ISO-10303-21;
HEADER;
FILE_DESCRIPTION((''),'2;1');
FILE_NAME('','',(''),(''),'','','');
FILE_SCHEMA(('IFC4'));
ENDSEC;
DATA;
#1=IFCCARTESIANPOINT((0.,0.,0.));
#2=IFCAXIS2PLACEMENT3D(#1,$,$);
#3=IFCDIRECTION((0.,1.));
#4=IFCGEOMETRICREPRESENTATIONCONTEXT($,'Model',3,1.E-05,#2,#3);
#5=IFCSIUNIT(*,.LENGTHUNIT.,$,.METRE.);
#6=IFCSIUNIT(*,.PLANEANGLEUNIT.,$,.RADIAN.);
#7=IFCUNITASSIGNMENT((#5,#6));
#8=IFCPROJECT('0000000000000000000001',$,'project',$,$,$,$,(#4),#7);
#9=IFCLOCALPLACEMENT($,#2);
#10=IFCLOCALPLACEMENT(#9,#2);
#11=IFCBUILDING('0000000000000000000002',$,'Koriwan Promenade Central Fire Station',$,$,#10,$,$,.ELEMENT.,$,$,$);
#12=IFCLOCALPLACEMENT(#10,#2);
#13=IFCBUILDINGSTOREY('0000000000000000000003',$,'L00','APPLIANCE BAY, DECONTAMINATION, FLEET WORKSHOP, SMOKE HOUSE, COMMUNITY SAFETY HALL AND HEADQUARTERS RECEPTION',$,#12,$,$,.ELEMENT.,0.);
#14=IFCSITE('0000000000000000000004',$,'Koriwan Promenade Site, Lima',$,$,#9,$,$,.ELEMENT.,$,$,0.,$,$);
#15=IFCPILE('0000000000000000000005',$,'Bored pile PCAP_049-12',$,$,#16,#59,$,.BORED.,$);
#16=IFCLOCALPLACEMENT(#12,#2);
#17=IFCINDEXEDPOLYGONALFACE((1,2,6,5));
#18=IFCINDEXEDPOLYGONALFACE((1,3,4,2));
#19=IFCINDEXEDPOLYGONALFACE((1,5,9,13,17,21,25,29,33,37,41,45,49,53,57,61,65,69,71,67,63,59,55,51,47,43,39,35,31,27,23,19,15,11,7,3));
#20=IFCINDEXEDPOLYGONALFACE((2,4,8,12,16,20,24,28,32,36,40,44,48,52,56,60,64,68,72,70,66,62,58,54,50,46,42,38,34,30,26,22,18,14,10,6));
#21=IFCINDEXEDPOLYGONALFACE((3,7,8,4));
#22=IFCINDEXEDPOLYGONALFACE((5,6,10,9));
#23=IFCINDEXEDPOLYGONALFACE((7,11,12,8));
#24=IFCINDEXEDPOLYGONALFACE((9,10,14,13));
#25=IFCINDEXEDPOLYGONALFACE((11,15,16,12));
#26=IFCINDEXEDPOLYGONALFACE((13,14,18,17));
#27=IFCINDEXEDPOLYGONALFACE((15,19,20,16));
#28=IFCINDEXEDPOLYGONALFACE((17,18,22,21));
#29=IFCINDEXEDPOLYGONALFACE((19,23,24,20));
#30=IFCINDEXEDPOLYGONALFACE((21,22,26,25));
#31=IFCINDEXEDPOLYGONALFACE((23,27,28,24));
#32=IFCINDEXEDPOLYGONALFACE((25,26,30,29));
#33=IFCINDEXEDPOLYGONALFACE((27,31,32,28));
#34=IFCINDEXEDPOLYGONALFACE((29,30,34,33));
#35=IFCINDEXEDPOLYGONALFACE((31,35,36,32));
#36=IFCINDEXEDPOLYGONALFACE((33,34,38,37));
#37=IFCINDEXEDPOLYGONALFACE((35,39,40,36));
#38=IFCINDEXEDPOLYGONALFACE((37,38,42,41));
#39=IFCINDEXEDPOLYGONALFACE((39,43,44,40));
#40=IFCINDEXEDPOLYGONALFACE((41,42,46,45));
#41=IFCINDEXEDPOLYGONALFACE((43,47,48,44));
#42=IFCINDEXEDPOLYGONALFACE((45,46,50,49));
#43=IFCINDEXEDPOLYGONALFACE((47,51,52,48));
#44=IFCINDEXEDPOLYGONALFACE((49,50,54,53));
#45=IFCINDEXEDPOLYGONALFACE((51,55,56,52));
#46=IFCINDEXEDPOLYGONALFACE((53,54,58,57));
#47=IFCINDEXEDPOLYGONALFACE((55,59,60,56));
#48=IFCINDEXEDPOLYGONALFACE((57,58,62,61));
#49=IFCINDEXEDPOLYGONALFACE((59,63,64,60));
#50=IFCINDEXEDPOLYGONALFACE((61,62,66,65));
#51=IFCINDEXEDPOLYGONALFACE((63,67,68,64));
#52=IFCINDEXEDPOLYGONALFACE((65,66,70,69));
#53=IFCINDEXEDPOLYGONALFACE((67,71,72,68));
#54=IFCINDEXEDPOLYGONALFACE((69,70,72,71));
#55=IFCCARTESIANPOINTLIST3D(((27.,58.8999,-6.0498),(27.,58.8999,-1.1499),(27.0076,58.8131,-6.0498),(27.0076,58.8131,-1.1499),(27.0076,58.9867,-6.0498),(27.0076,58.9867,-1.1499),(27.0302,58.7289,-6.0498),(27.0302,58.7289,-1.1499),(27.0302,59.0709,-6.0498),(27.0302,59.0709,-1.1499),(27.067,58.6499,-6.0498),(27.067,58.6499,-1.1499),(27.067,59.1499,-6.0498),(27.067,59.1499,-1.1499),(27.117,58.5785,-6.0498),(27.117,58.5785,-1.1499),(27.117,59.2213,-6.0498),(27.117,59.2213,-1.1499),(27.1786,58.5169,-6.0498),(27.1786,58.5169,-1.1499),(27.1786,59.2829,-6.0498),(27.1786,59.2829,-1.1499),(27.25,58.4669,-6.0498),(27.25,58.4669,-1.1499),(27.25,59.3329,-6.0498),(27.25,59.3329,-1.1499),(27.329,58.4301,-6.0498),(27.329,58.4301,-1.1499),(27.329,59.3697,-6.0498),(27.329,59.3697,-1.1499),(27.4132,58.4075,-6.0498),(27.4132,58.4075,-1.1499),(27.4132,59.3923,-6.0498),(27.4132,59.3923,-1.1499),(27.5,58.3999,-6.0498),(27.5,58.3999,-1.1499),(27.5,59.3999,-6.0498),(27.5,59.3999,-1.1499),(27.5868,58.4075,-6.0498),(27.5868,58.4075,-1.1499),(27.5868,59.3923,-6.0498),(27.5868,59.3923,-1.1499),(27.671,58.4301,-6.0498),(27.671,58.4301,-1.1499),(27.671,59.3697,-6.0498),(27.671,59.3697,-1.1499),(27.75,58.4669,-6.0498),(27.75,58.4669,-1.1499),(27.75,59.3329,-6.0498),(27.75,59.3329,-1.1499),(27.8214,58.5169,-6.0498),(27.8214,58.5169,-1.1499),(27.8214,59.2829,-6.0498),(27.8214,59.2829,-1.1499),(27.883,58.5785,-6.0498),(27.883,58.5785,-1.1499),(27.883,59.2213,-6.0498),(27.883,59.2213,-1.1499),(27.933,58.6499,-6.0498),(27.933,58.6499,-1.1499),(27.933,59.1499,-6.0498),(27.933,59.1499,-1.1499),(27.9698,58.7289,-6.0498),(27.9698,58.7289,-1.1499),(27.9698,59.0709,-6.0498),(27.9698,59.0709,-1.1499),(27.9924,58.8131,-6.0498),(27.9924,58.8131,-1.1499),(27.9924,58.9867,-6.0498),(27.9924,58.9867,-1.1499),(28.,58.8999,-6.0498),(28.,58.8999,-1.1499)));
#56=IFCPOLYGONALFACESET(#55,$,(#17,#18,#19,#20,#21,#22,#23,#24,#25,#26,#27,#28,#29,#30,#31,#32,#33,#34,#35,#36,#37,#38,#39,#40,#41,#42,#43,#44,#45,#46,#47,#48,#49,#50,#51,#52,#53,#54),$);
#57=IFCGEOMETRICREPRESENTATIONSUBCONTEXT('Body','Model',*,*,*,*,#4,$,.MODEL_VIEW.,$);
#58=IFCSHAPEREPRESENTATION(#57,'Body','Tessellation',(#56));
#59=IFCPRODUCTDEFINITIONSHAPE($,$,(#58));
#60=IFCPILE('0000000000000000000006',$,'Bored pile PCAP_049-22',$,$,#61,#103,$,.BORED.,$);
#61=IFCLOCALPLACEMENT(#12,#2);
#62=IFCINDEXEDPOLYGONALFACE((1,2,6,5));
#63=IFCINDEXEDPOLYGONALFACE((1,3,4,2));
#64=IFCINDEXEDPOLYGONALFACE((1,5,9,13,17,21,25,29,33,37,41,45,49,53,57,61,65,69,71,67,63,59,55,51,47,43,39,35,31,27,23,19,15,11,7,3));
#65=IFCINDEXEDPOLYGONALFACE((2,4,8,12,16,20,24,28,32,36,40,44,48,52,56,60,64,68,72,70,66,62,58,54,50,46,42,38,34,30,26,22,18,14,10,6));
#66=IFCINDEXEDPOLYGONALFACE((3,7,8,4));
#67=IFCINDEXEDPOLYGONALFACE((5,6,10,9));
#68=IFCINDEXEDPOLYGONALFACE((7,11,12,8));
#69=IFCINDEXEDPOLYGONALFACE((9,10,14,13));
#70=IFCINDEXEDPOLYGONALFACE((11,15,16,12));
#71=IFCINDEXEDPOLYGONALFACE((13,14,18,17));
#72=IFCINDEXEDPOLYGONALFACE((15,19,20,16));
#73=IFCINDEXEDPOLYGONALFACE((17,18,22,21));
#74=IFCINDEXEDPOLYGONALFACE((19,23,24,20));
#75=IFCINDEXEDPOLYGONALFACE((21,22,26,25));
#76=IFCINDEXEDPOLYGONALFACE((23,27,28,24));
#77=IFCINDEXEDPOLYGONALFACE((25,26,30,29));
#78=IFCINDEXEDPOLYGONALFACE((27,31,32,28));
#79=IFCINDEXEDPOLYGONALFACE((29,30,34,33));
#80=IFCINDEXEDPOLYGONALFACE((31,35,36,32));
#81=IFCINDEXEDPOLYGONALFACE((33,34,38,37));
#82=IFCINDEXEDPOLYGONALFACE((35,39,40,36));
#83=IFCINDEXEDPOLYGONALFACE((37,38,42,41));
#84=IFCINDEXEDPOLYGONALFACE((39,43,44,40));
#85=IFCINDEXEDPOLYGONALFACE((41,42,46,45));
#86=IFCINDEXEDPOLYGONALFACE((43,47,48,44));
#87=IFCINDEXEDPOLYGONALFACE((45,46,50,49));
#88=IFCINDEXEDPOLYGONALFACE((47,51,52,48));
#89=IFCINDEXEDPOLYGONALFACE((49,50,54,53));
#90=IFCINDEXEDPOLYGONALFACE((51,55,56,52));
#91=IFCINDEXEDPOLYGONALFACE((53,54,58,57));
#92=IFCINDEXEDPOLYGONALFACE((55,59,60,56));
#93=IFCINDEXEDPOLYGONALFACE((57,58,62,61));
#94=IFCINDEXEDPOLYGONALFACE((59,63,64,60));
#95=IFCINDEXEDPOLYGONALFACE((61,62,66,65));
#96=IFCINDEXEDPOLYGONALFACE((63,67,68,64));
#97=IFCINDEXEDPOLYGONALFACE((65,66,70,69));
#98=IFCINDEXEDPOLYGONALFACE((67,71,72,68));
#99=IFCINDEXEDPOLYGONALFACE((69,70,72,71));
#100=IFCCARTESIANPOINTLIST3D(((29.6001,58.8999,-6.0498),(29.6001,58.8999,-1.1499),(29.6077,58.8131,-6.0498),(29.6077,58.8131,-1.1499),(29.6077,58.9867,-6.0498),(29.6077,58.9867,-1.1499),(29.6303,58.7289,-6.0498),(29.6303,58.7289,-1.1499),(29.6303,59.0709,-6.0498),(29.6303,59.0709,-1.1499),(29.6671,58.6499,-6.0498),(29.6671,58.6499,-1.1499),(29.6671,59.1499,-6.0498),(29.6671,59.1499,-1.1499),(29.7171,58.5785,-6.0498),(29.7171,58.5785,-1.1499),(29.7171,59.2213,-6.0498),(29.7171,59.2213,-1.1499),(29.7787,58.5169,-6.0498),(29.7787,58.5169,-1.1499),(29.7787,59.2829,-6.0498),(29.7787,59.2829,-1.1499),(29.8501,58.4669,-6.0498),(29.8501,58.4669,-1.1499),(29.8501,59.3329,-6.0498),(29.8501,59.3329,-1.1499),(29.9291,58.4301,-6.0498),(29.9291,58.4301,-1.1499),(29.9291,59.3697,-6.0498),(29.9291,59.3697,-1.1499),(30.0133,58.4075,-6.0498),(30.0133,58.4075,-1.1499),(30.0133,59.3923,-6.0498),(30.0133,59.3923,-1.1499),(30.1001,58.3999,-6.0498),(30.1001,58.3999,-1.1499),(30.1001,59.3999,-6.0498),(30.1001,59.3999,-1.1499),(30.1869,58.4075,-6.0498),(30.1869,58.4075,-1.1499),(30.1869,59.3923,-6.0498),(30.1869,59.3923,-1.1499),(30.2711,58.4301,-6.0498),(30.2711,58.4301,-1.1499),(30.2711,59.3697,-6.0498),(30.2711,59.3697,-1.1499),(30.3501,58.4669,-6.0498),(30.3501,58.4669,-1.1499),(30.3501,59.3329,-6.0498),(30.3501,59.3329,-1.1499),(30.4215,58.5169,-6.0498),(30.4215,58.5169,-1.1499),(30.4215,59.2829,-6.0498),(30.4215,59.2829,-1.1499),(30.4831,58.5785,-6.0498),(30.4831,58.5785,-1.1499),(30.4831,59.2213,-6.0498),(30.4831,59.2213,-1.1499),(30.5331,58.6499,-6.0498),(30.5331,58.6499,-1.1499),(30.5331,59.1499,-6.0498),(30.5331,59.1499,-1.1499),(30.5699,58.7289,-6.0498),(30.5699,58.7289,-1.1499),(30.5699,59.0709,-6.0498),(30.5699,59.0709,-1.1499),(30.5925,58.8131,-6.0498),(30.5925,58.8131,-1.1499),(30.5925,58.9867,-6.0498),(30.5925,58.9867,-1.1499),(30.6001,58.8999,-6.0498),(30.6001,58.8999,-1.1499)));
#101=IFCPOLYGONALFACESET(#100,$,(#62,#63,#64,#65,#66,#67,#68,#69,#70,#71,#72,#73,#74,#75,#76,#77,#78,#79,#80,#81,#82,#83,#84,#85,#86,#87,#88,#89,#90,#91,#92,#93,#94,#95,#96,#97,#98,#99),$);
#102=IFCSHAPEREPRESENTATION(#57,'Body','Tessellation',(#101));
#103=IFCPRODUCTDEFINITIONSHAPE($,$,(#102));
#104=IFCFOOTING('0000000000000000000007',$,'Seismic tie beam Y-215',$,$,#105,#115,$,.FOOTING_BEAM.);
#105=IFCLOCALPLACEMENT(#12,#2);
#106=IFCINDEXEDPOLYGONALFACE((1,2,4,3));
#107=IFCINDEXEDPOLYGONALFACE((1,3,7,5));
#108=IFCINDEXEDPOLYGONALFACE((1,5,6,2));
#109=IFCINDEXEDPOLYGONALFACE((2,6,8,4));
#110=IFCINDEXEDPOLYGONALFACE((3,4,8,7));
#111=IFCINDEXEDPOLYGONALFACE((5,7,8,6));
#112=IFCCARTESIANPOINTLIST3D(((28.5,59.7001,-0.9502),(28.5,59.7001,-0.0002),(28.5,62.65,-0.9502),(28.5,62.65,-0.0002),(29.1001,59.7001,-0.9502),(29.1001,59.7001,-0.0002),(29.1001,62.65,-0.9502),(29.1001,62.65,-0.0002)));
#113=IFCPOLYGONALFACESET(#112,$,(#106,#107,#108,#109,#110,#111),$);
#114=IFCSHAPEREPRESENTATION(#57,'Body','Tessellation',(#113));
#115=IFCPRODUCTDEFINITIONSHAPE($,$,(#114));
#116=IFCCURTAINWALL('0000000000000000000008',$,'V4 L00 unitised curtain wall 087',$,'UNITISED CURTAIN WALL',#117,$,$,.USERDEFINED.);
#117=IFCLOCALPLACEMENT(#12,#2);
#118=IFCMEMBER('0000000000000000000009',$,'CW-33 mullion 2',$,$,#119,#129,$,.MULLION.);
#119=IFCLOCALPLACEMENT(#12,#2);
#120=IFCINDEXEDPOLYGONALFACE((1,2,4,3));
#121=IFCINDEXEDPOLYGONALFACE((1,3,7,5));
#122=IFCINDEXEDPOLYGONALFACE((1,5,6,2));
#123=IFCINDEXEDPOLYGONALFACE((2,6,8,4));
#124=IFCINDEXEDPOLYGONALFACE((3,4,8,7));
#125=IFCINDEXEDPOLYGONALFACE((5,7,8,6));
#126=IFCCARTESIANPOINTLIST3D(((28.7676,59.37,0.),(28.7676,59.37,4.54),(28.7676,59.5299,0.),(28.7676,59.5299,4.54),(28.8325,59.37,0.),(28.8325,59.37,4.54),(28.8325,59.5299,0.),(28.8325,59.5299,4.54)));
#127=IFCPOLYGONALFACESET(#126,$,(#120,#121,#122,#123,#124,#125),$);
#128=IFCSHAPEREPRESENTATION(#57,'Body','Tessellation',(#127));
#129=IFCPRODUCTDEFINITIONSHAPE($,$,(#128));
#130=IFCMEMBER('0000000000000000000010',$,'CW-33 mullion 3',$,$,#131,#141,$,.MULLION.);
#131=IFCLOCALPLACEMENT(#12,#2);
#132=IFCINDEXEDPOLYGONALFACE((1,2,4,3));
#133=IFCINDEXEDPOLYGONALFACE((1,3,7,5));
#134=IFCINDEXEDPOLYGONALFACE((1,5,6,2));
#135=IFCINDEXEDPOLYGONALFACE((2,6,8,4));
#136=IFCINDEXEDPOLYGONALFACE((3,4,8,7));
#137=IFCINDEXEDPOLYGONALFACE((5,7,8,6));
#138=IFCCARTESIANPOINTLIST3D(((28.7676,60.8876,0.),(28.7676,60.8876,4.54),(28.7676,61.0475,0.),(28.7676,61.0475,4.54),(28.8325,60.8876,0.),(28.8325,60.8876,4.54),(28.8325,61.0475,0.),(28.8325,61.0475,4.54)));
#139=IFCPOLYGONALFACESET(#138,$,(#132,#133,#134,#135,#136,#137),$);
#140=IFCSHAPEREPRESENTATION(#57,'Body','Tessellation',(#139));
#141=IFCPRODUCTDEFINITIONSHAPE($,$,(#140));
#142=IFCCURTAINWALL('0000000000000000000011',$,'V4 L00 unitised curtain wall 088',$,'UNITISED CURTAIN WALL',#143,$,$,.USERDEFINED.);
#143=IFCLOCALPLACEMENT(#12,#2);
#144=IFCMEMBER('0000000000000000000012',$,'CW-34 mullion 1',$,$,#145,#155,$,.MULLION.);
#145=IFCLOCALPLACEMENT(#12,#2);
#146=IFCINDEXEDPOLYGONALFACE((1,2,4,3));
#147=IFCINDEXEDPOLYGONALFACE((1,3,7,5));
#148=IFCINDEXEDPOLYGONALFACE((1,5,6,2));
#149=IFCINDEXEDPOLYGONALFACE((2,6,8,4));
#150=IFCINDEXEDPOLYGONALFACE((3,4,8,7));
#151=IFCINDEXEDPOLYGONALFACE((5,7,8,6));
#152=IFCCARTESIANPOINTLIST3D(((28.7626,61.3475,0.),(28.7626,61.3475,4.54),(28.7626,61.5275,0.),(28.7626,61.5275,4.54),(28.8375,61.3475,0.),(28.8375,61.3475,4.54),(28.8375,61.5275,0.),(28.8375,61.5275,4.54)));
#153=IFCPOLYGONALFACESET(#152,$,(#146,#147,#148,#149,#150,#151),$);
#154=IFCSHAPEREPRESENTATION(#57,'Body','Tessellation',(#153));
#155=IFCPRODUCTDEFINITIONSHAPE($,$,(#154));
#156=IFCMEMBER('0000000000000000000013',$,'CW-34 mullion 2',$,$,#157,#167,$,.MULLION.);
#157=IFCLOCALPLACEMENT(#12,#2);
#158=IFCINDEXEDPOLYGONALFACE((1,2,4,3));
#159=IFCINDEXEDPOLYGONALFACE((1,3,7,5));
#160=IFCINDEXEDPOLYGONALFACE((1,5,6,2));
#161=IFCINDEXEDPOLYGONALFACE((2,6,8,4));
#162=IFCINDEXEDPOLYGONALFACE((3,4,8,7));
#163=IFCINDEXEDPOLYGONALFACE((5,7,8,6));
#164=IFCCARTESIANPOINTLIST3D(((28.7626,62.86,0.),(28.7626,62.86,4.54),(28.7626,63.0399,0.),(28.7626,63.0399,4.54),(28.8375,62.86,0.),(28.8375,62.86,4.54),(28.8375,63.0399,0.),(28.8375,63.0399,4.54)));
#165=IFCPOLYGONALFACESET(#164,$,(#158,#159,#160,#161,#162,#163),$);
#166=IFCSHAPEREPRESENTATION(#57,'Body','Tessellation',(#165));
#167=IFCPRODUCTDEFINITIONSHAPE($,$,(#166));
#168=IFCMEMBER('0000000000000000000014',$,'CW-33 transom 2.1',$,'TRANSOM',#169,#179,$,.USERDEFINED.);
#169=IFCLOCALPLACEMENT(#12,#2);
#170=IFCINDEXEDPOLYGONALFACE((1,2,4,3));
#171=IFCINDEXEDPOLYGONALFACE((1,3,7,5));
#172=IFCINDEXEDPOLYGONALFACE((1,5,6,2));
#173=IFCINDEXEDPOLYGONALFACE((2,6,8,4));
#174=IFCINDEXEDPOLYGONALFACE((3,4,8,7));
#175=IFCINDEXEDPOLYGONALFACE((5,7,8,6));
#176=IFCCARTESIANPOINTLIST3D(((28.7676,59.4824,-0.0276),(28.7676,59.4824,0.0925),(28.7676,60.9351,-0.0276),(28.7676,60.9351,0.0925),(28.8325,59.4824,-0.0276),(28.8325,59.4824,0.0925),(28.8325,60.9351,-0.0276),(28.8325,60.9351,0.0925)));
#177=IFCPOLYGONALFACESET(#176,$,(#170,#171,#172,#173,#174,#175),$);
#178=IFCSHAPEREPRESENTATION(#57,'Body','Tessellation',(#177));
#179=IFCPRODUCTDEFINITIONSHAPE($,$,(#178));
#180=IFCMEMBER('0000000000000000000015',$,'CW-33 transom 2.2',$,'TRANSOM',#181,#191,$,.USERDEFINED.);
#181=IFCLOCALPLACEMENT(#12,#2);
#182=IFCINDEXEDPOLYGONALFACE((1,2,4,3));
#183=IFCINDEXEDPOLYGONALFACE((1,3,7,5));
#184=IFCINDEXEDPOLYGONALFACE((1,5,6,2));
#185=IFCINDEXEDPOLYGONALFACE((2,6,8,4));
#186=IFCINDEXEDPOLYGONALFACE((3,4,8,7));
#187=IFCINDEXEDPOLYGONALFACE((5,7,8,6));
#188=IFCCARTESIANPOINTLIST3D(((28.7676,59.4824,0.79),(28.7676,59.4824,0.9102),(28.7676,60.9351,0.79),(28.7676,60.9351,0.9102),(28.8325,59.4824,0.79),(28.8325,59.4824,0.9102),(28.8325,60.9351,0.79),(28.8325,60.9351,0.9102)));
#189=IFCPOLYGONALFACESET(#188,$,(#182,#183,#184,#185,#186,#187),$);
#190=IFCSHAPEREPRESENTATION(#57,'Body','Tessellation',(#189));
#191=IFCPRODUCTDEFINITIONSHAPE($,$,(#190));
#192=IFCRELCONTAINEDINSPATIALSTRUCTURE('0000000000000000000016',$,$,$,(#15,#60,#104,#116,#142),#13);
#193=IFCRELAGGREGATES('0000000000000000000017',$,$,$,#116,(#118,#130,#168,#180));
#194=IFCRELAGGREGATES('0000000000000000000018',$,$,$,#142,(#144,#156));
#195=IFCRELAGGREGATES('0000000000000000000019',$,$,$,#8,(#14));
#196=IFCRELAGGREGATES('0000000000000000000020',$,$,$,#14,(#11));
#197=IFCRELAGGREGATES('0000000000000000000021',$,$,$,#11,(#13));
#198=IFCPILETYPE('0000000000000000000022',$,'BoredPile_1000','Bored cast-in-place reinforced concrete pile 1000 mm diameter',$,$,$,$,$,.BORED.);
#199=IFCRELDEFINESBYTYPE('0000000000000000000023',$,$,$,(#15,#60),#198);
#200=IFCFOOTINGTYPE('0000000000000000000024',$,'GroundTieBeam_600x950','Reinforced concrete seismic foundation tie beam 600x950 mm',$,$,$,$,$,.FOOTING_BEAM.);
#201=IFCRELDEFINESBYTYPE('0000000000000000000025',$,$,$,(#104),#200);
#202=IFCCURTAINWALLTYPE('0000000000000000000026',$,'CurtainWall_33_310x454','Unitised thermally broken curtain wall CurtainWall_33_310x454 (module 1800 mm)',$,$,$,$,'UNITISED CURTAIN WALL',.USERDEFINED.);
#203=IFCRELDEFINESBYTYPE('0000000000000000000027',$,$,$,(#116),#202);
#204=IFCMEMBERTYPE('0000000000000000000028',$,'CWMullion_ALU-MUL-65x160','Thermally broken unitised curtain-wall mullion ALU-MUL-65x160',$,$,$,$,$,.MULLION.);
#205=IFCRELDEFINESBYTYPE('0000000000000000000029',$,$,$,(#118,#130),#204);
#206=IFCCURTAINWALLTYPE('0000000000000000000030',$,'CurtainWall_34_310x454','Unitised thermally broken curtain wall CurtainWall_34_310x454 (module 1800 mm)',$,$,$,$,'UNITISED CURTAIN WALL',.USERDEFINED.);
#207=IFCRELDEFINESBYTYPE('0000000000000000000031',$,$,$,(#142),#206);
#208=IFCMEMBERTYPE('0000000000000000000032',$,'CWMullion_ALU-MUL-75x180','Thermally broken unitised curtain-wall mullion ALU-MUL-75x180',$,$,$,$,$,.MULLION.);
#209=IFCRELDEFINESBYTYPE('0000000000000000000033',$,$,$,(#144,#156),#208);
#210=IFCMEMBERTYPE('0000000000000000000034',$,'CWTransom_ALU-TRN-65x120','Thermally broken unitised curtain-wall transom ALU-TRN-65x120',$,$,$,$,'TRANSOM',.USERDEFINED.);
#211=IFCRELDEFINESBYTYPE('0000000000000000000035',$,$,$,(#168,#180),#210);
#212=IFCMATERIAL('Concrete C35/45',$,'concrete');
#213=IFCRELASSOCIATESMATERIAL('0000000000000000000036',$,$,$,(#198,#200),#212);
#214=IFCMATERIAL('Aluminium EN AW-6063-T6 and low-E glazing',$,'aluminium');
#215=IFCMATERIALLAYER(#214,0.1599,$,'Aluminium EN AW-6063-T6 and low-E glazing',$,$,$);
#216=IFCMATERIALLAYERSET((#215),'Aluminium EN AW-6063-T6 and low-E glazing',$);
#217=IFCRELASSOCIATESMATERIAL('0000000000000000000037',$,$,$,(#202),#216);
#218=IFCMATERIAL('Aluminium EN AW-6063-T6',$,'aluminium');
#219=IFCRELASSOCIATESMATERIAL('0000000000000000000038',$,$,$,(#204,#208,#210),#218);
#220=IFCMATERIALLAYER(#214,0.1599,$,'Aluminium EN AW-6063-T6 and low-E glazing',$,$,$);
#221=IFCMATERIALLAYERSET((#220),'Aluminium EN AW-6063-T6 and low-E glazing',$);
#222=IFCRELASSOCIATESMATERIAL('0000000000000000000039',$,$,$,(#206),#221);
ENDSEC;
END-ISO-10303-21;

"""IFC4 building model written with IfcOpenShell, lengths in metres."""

from ifc_helpers import new_model, si_unit, direction, frame, origin, origin_2d, place, context, subcontext, project, spatial, rectangle, circle, extrude, material, layer, layer_set, material_profile, profile_set, type_object, element, aggregate, save


model = new_model("IFC4")

# Units and contexts
model_context = context("Model", 3, precision=1e-05, world=origin(), true_north=direction((0.0, 1.0)))
body_context = subcontext(model_context, "Body", "Model", "MODEL_VIEW")
ifc_project = project(units=[si_unit("LENGTHUNIT", "METRE"), si_unit("PLANEANGLEUNIT", "RADIAN")], contexts=[model_context])

# Site, building, storey
site_placement = place(None, origin())
site = spatial("IfcSite", under=ifc_project, at=site_placement, Name="Koriwan Promenade Site, Lima", CompositionType="ELEMENT", RefElevation=0.0)
building_placement = place(site_placement, origin())
building = spatial("IfcBuilding", under=site, at=building_placement, Name="Koriwan Promenade Central Fire Station", CompositionType="ELEMENT")
storey_placement = place(building_placement, origin())
storey = spatial("IfcBuildingStorey", under=building, at=storey_placement, Name="L00", Description="APPLIANCE BAY, DECONTAMINATION, FLEET WORKSHOP, SMOKE HOUSE, COMMUNITY SAFETY HALL AND HEADQUARTERS RECEPTION", CompositionType="ELEMENT", Elevation=0.0)

# Piles
ifc_material_1 = material(Name="Concrete C35/45", Category="concrete")
ifc_material_profile_1 = material_profile(ifc_material_1, circle(Radius=0.5, at=origin_2d()), Name="PILE-D1000")
ifc_profile_set_1 = profile_set([ifc_material_profile_1], Name="Concrete C35/45")
pile_type = type_object("IfcPileType", Name="BoredPile_1000", Description="Bored cast-in-place reinforced concrete pile 1000 mm diameter", PredefinedType="BORED", material=ifc_profile_set_1)
for number, where, z_axis, x_axis, name in (
    (1, (27.5, 58.8999, -1.1499), (0.0, 0.0, -1.0), (1.0, 0.0, 0.0), "Bored pile PCAP_049-12"),
    (2, (30.1001, 58.8999, -1.1499), (0.0, 0.0, -1.0), (1.0, 0.0, 0.0), "Bored pile PCAP_049-22"),
):
    element("IfcPile", number, at=place(storey_placement, frame(where, z_axis=z_axis, x_axis=x_axis)), inside=storey, type_object=pile_type, Name=name, PredefinedType="BORED", context=body_context, shape_type="SweptSolid", body=[
        extrude(circle(Radius=0.5, at=origin_2d()), origin(), (0.0, 0.0, 1.0), 4.8999),
    ])

# Footing
footing_type = type_object("IfcFootingType", Name="GroundTieBeam_600x950", Description="Reinforced concrete seismic foundation tie beam 600x950 mm", PredefinedType="FOOTING_BEAM", material=ifc_material_1)
footing_placement = place(storey_placement, frame((28.8, 61.175, -0.9502), z_axis=(0.0, 0.0, 1.0), x_axis=(0.0, 1.0, 0.0)))
element("IfcFooting", 3, at=footing_placement, inside=storey, type_object=footing_type, Name="Seismic tie beam Y-215", PredefinedType="FOOTING_BEAM", context=body_context, shape_type="SweptSolid", body=[
    extrude(rectangle(XDim=2.95, YDim=0.6001, at=origin_2d()), origin(), (0.0, 0.0, 1.0), 0.95),
])

# Curtain walls, members
ifc_material_2 = material(Name="Aluminium EN AW-6063-T6 and low-E glazing", Category="aluminium")
ifc_layer_1 = layer(ifc_material_2, 0.1599, Name="Aluminium EN AW-6063-T6 and low-E glazing")
ifc_layer_set_1 = layer_set([ifc_layer_1], Name="Aluminium EN AW-6063-T6 and low-E glazing")
curtain_wall_type_1 = type_object("IfcCurtainWallType", Name="CurtainWall_33_310x454", Description="Unitised thermally broken curtain wall CurtainWall_33_310x454 (module 1800 mm)", ElementType="UNITISED CURTAIN WALL", PredefinedType="USERDEFINED", material=ifc_layer_set_1)
curtain_wall_1_placement = place(storey_placement, origin())
curtain_wall_1 = element("IfcCurtainWall", 4, at=curtain_wall_1_placement, inside=storey, type_object=curtain_wall_type_1, Name="V4 L00 unitised curtain wall 087", ObjectType="UNITISED CURTAIN WALL", PredefinedType="USERDEFINED")
ifc_material_3 = material(Name="Aluminium EN AW-6063-T6", Category="aluminium")
ifc_material_profile_2 = material_profile(ifc_material_3, rectangle(XDim=0.0649, YDim=0.1599, at=origin_2d()), Name="ALU-MUL-65x160")
ifc_profile_set_2 = profile_set([ifc_material_profile_2], Name="Aluminium EN AW-6063-T6")
member_type_1 = type_object("IfcMemberType", Name="CWMullion_ALU-MUL-65x160", Description="Thermally broken unitised curtain-wall mullion ALU-MUL-65x160", PredefinedType="MULLION", material=ifc_profile_set_2)
member_1_placement = place(storey_placement, frame((28.8, 59.45, 0.0), z_axis=(0.0, 0.0, 1.0), x_axis=(-1.0, 0.0, 0.0)))
member_1 = element("IfcMember", 5, at=member_1_placement, type_object=member_type_1, Name="CW-33 mullion 2", PredefinedType="MULLION", context=body_context, shape_type="SweptSolid", body=[
    extrude(rectangle(XDim=0.0649, YDim=0.1599, at=origin_2d()), origin(), (0.0, 0.0, 1.0), 4.54),
])
member_2_placement = place(storey_placement, frame((28.8, 60.9675, 0.0), z_axis=(0.0, 0.0, 1.0), x_axis=(-1.0, 0.0, 0.0)))
member_2 = element("IfcMember", 6, at=member_2_placement, type_object=member_type_1, Name="CW-33 mullion 3", PredefinedType="MULLION", context=body_context, shape_type="SweptSolid", body=[
    extrude(rectangle(XDim=0.0649, YDim=0.1599, at=origin_2d()), origin(), (0.0, 0.0, 1.0), 4.54),
])
ifc_layer_2 = layer(ifc_material_2, 0.1599, Name="Aluminium EN AW-6063-T6 and low-E glazing")
ifc_layer_set_2 = layer_set([ifc_layer_2], Name="Aluminium EN AW-6063-T6 and low-E glazing")
curtain_wall_type_2 = type_object("IfcCurtainWallType", Name="CurtainWall_34_310x454", Description="Unitised thermally broken curtain wall CurtainWall_34_310x454 (module 1800 mm)", ElementType="UNITISED CURTAIN WALL", PredefinedType="USERDEFINED", material=ifc_layer_set_2)
curtain_wall_2_placement = place(storey_placement, origin())
curtain_wall_2 = element("IfcCurtainWall", 7, at=curtain_wall_2_placement, inside=storey, type_object=curtain_wall_type_2, Name="V4 L00 unitised curtain wall 088", ObjectType="UNITISED CURTAIN WALL", PredefinedType="USERDEFINED")
ifc_material_profile_3 = material_profile(ifc_material_3, rectangle(XDim=0.075, YDim=0.1799, at=origin_2d()), Name="ALU-MUL-75x180")
ifc_profile_set_3 = profile_set([ifc_material_profile_3], Name="Aluminium EN AW-6063-T6")
member_type_2 = type_object("IfcMemberType", Name="CWMullion_ALU-MUL-75x180", Description="Thermally broken unitised curtain-wall mullion ALU-MUL-75x180", PredefinedType="MULLION", material=ifc_profile_set_3)
member_3_placement = place(storey_placement, frame((28.8, 61.4375, 0.0), z_axis=(0.0, 0.0, 1.0), x_axis=(-1.0, 0.0, 0.0)))
member_3 = element("IfcMember", 8, at=member_3_placement, type_object=member_type_2, Name="CW-34 mullion 1", PredefinedType="MULLION", context=body_context, shape_type="SweptSolid", body=[
    extrude(rectangle(XDim=0.075, YDim=0.1799, at=origin_2d()), origin(), (0.0, 0.0, 1.0), 4.54),
])
member_4_placement = place(storey_placement, frame((28.8, 62.95, 0.0), z_axis=(0.0, 0.0, 1.0), x_axis=(-1.0, 0.0, 0.0)))
member_4 = element("IfcMember", 9, at=member_4_placement, type_object=member_type_2, Name="CW-34 mullion 2", PredefinedType="MULLION", context=body_context, shape_type="SweptSolid", body=[
    extrude(rectangle(XDim=0.075, YDim=0.1799, at=origin_2d()), origin(), (0.0, 0.0, 1.0), 4.54),
])

# Members
ifc_material_profile_4 = material_profile(ifc_material_3, rectangle(XDim=0.0649, YDim=0.1201, at=origin_2d()), Name="ALU-TRN-65x120")
ifc_profile_set_4 = profile_set([ifc_material_profile_4], Name="Aluminium EN AW-6063-T6")
member_type_3 = type_object("IfcMemberType", Name="CWTransom_ALU-TRN-65x120", Description="Thermally broken unitised curtain-wall transom ALU-TRN-65x120", ElementType="TRANSOM", PredefinedType="USERDEFINED", material=ifc_profile_set_4)
member_5_placement = place(storey_placement, frame((28.8, 59.4824, 0.0325), z_axis=(0.0, 1.0, 0.0), x_axis=(-1.0, 0.0, 0.0)))
member_5 = element("IfcMember", 10, at=member_5_placement, type_object=member_type_3, Name="CW-33 transom 2.1", ObjectType="TRANSOM", PredefinedType="USERDEFINED", context=body_context, shape_type="SweptSolid", body=[
    extrude(rectangle(XDim=0.0649, YDim=0.1201, at=origin_2d()), origin(), (0.0, 0.0, 1.0), 1.4526),
])
member_6_placement = place(storey_placement, frame((28.8, 59.4824, 0.8501), z_axis=(0.0, 1.0, 0.0), x_axis=(-1.0, 0.0, 0.0)))
member_6 = element("IfcMember", 11, at=member_6_placement, type_object=member_type_3, Name="CW-33 transom 2.2", ObjectType="TRANSOM", PredefinedType="USERDEFINED", context=body_context, shape_type="SweptSolid", body=[
    extrude(rectangle(XDim=0.0649, YDim=0.1201, at=origin_2d()), origin(), (0.0, 0.0, 1.0), 1.4526),
])

aggregate(curtain_wall_1, [member_1, member_2, member_5, member_6])
aggregate(curtain_wall_2, [member_3, member_4])

save(model, "model.ifc")
